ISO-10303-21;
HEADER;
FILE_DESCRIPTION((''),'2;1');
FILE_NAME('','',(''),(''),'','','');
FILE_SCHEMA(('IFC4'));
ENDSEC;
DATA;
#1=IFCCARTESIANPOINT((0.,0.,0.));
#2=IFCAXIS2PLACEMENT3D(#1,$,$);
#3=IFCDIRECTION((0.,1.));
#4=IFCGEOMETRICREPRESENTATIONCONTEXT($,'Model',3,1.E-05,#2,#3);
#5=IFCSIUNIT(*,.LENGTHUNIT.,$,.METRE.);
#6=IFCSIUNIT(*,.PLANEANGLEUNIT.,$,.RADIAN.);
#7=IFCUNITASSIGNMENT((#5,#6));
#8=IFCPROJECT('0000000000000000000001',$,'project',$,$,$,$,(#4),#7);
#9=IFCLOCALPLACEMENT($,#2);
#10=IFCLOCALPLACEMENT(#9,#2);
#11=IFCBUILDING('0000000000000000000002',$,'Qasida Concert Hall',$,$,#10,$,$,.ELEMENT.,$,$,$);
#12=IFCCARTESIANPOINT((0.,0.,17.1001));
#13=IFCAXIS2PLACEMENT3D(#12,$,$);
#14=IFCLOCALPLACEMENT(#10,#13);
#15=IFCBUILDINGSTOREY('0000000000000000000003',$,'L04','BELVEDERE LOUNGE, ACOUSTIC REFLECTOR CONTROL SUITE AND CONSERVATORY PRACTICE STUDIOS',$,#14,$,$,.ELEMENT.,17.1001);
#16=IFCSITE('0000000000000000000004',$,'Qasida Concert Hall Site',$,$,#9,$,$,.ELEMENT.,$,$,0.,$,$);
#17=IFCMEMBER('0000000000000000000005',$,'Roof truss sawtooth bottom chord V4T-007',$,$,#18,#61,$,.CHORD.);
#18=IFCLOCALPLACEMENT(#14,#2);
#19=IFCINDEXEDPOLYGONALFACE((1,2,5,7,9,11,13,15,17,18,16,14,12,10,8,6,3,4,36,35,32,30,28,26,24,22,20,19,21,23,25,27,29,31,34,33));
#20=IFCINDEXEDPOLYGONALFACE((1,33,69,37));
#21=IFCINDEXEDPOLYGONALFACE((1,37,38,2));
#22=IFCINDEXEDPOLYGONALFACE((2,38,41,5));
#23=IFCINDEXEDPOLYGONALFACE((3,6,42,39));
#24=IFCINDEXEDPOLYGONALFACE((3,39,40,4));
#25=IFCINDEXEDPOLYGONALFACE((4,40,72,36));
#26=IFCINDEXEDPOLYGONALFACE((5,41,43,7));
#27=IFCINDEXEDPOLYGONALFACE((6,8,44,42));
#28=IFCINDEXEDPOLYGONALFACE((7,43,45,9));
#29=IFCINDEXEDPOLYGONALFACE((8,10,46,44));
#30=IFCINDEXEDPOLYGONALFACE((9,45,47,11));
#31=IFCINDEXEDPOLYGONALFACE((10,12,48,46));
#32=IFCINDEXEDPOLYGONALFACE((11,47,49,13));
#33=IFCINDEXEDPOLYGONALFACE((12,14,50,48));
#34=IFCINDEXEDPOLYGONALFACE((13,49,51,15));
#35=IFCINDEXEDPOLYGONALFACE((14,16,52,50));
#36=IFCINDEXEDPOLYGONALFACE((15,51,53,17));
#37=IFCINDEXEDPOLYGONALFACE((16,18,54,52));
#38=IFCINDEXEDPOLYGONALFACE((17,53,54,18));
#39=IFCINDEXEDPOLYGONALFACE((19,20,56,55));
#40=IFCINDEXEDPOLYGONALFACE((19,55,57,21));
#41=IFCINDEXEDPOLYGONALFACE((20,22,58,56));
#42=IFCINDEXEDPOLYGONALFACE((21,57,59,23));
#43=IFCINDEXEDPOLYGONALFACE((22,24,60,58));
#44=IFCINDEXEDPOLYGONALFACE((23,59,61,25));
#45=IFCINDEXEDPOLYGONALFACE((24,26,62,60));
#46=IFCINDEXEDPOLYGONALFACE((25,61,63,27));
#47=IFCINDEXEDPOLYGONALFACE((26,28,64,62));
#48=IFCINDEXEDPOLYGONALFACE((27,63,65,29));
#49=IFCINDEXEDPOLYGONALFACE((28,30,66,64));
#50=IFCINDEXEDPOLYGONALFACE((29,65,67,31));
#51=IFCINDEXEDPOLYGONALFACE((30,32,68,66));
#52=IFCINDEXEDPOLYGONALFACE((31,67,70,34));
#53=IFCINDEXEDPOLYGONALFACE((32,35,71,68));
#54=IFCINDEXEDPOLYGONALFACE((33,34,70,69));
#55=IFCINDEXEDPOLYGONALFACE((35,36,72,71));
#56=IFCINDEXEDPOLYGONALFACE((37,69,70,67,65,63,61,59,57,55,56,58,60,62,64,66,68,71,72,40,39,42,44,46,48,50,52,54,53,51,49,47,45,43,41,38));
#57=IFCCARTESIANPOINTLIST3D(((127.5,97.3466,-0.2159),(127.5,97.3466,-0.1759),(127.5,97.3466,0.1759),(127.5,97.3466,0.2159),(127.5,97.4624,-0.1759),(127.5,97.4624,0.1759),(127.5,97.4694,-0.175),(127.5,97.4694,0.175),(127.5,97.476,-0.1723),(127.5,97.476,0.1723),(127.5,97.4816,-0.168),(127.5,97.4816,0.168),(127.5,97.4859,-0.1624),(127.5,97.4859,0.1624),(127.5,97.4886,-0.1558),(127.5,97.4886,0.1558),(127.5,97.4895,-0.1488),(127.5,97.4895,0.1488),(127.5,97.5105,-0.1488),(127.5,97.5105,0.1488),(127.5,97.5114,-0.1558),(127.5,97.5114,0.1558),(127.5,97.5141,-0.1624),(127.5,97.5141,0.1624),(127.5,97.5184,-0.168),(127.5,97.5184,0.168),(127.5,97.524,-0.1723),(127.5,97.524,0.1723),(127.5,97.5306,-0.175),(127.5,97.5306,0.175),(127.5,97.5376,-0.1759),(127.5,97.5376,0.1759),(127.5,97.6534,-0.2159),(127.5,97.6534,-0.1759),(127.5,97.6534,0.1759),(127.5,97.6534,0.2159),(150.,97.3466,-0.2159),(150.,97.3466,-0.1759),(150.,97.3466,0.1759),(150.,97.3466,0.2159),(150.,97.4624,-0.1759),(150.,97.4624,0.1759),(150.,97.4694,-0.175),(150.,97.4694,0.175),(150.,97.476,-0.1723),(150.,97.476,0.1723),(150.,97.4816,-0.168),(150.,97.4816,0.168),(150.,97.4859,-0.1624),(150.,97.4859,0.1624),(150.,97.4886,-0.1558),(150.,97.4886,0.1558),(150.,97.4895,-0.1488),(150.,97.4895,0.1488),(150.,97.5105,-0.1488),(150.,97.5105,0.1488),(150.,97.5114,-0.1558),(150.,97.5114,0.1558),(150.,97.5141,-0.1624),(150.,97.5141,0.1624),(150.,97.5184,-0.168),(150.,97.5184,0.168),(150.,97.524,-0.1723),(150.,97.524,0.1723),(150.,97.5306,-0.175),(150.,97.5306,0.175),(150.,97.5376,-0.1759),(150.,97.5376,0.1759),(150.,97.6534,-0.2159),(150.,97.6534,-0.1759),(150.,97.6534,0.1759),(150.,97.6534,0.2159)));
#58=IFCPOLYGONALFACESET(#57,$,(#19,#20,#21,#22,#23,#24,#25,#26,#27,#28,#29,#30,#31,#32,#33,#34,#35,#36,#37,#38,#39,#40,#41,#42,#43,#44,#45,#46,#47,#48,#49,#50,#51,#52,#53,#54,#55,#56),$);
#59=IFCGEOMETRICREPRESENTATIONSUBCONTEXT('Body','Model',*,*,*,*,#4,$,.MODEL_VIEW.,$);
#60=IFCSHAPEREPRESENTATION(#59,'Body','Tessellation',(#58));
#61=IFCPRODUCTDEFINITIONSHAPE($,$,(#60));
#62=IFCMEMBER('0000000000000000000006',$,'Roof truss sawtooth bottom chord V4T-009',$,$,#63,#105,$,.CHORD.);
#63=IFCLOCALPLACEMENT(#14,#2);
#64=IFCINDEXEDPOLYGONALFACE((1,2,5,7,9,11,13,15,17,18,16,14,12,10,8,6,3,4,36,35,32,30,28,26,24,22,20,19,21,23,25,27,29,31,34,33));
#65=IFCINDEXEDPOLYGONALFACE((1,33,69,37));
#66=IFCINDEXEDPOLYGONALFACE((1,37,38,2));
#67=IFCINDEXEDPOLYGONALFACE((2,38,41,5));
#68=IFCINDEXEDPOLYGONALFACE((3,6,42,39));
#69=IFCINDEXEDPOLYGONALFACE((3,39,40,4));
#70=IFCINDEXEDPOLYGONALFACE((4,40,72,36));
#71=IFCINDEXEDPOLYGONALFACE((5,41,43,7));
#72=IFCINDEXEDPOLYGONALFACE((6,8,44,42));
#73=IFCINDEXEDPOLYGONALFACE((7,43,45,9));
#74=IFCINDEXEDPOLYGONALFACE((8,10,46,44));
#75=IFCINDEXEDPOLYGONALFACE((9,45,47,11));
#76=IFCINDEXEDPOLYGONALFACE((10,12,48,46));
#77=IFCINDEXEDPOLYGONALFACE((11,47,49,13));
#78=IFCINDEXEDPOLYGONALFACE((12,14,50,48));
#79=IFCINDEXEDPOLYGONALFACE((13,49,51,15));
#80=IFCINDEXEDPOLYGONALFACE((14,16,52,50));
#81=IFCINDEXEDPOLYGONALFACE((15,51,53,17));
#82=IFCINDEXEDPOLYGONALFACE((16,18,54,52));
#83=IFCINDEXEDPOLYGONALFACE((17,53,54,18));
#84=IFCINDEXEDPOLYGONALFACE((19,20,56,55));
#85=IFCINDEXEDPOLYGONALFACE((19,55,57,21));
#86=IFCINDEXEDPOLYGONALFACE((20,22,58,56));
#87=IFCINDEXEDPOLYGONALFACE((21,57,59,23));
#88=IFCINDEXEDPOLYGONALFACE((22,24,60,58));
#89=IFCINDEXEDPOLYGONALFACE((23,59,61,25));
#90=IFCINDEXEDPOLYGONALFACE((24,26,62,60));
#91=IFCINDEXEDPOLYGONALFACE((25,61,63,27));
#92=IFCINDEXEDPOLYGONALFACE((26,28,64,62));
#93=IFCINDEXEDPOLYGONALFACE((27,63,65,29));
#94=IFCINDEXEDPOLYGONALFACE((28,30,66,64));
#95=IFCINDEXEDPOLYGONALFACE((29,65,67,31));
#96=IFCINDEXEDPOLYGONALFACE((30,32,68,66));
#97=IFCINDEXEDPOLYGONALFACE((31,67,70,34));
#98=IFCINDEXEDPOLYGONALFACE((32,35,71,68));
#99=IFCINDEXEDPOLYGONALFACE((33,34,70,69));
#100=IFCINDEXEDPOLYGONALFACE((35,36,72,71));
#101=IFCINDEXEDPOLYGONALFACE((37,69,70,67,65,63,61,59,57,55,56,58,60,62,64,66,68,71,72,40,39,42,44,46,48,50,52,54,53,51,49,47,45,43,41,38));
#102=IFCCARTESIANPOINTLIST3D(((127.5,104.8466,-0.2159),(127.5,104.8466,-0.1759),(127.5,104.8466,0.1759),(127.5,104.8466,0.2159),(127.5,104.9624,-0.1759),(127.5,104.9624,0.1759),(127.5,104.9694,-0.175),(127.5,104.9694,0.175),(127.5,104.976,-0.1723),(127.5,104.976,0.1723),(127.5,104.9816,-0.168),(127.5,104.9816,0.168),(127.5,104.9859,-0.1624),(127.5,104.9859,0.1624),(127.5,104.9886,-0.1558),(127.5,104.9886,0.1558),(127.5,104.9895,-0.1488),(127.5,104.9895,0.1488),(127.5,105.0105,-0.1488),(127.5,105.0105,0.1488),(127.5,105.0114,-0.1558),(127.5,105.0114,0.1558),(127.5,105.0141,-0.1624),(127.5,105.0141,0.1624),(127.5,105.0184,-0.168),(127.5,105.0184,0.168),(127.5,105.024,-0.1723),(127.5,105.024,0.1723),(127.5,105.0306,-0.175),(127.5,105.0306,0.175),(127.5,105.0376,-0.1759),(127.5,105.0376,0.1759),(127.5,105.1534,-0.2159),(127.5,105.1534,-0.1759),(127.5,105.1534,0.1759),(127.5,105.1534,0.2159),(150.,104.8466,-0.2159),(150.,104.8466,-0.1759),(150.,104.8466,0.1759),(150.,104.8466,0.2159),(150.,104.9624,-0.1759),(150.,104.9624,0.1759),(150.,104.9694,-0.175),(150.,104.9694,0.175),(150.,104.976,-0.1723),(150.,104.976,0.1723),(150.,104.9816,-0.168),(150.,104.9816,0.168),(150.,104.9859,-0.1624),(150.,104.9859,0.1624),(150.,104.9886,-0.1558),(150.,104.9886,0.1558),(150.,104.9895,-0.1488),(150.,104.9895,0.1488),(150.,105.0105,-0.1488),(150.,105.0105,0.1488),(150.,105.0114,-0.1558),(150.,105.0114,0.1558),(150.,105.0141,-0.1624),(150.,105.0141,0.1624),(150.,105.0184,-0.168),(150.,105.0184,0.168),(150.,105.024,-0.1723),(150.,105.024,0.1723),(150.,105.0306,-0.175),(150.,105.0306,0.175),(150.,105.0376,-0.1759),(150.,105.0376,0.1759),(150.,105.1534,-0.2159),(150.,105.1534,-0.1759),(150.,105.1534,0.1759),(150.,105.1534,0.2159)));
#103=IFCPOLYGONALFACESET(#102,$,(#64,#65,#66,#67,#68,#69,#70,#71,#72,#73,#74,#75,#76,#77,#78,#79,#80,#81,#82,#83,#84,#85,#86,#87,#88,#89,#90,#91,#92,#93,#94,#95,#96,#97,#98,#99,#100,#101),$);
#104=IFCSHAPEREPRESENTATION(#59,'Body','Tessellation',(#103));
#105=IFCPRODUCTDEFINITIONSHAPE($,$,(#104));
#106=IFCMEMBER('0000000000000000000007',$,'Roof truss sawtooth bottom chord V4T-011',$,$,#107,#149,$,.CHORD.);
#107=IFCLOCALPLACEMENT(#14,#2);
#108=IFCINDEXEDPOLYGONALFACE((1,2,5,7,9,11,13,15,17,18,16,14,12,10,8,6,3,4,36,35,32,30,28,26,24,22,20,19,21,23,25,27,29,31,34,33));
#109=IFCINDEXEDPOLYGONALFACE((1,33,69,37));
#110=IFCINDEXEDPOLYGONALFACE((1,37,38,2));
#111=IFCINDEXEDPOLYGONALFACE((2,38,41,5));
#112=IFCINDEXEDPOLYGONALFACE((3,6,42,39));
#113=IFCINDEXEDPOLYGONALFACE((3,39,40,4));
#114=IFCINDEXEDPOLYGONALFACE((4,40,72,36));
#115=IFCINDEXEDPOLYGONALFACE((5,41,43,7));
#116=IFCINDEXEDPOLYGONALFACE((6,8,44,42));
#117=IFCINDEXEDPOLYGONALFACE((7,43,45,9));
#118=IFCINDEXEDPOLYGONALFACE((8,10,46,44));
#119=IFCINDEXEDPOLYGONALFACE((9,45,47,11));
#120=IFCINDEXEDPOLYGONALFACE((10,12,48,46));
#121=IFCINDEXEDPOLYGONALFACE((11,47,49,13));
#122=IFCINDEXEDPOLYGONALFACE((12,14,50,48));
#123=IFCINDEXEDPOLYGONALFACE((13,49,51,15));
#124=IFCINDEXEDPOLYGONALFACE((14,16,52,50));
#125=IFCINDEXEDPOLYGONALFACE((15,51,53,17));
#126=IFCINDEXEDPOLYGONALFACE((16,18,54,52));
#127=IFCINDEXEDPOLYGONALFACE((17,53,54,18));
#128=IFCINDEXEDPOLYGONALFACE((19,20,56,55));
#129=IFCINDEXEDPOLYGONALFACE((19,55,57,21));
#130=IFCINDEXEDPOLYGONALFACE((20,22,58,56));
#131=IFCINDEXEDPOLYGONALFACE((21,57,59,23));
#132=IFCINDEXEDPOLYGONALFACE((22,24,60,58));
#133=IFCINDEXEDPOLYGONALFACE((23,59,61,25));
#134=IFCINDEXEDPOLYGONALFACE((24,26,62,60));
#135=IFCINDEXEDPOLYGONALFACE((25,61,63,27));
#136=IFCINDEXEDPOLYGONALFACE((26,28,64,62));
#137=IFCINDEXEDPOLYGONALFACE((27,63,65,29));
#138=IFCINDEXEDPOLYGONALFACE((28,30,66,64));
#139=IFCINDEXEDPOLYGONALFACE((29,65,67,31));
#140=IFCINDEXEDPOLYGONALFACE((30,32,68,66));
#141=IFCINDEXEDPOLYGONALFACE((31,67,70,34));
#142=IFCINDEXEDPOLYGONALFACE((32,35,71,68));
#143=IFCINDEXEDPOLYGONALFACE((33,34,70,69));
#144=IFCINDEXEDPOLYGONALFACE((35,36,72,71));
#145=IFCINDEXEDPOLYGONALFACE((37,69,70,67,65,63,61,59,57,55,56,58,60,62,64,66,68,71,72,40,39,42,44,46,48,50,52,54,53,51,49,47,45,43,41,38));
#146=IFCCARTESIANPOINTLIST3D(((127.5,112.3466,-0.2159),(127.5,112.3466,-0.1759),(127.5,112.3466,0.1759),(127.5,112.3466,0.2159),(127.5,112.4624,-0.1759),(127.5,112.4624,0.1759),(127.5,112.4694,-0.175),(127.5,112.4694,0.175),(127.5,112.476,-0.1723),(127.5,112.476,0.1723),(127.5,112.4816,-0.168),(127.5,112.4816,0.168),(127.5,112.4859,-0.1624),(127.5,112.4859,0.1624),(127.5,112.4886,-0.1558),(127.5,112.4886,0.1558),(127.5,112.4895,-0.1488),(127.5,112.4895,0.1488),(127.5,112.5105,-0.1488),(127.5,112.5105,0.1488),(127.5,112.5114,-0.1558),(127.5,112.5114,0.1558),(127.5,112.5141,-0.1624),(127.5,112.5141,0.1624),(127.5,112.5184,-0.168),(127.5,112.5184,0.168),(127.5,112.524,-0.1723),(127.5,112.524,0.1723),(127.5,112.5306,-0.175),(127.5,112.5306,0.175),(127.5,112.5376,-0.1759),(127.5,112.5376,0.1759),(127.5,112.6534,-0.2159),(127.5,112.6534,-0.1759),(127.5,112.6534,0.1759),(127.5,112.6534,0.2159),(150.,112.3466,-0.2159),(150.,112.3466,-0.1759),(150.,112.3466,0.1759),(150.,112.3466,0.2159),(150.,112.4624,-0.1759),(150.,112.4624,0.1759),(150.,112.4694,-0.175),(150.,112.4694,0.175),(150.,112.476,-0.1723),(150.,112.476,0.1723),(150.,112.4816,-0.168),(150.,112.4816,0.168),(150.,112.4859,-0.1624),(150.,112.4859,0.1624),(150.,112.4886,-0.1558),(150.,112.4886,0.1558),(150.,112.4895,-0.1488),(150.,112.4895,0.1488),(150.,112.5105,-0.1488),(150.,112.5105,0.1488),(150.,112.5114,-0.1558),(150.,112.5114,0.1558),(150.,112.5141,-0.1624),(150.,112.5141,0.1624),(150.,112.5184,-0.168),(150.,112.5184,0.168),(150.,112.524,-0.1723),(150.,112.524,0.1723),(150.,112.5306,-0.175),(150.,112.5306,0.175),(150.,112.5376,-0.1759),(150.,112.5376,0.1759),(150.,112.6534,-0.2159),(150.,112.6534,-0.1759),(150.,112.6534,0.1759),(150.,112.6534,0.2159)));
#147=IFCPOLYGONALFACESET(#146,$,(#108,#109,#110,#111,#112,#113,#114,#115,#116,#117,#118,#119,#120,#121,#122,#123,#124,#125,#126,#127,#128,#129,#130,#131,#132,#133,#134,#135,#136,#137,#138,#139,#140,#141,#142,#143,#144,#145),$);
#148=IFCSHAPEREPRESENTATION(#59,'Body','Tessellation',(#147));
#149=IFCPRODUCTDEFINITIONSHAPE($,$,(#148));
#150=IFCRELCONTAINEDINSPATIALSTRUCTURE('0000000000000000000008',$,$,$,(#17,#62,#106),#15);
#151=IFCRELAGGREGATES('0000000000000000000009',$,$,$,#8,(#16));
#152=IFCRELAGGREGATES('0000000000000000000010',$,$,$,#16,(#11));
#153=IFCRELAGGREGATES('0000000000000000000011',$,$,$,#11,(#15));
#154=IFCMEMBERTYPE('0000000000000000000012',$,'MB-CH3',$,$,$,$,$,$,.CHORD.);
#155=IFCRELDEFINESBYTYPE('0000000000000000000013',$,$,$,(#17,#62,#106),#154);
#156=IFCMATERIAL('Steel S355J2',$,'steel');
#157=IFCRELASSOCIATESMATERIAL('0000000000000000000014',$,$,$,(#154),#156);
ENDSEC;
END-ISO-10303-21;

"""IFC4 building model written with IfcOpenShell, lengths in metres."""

from ifc_helpers import new_model, si_unit, direction, frame, origin, origin_2d, place, context, subcontext, project, spatial, i_section, extrude, material, material_profile, profile_set, type_object, element, save


model = new_model("IFC4")

# Units and contexts
model_context = context("Model", 3, precision=1e-05, world=origin(), true_north=direction((0.0, 1.0)))
body_context = subcontext(model_context, "Body", "Model", "MODEL_VIEW")
ifc_project = project(units=[si_unit("LENGTHUNIT", "METRE"), si_unit("PLANEANGLEUNIT", "RADIAN")], contexts=[model_context])

# Site, building, storey
site_placement = place(None, origin())
site = spatial("IfcSite", under=ifc_project, at=site_placement, Name="Qasida Concert Hall Site", CompositionType="ELEMENT", RefElevation=0.0)
building_placement = place(site_placement, origin())
building = spatial("IfcBuilding", under=site, at=building_placement, Name="Qasida Concert Hall", CompositionType="ELEMENT")
storey_placement = place(building_placement, frame((0.0, 0.0, 17.1001)))
storey = spatial("IfcBuildingStorey", under=building, at=storey_placement, Name="L04", Description="BELVEDERE LOUNGE, ACOUSTIC REFLECTOR CONTROL SUITE AND CONSERVATORY PRACTICE STUDIOS", CompositionType="ELEMENT", Elevation=17.1001)

# Members
ifc_material_1 = material(Name="Steel S355J2", Category="steel")
ifc_material_profile_1 = material_profile(ifc_material_1, i_section(OverallWidth=0.3069, OverallDepth=0.4319, WebThickness=0.021, FlangeThickness=0.04, FilletRadius=0.0271, at=origin_2d()), Name="HEM 400")
ifc_profile_set_1 = profile_set([ifc_material_profile_1], Name="Steel S355J2")
member_type_1 = type_object("IfcMemberType", Name="MB-CH3", PredefinedType="CHORD", material=ifc_profile_set_1)
for number, where, z_axis, x_axis, name in (
    (1, (127.5, 97.5, 0.0), (1.0, 0.0, 0.0), (0.0, 1.0, 0.0), "Roof truss sawtooth bottom chord V4T-007"),
    (2, (127.5, 105.0, 0.0), (1.0, 0.0, 0.0), (0.0, 1.0, 0.0), "Roof truss sawtooth bottom chord V4T-009"),
    (3, (127.5, 112.5, 0.0), (1.0, 0.0, 0.0), (0.0, 1.0, 0.0), "Roof truss sawtooth bottom chord V4T-011"),
):
    element("IfcMember", number, at=place(storey_placement, frame(where, z_axis=z_axis, x_axis=x_axis)), inside=storey, type_object=member_type_1, Name=name, PredefinedType="CHORD", context=body_context, shape_type="SweptSolid", body=[
        extrude(i_section(OverallWidth=0.3069, OverallDepth=0.4319, WebThickness=0.021, FlangeThickness=0.04, FilletRadius=0.0271, at=origin_2d()), origin(), (0.0, 0.0, 1.0), 22.5),
    ])

save(model, "model.ifc")
